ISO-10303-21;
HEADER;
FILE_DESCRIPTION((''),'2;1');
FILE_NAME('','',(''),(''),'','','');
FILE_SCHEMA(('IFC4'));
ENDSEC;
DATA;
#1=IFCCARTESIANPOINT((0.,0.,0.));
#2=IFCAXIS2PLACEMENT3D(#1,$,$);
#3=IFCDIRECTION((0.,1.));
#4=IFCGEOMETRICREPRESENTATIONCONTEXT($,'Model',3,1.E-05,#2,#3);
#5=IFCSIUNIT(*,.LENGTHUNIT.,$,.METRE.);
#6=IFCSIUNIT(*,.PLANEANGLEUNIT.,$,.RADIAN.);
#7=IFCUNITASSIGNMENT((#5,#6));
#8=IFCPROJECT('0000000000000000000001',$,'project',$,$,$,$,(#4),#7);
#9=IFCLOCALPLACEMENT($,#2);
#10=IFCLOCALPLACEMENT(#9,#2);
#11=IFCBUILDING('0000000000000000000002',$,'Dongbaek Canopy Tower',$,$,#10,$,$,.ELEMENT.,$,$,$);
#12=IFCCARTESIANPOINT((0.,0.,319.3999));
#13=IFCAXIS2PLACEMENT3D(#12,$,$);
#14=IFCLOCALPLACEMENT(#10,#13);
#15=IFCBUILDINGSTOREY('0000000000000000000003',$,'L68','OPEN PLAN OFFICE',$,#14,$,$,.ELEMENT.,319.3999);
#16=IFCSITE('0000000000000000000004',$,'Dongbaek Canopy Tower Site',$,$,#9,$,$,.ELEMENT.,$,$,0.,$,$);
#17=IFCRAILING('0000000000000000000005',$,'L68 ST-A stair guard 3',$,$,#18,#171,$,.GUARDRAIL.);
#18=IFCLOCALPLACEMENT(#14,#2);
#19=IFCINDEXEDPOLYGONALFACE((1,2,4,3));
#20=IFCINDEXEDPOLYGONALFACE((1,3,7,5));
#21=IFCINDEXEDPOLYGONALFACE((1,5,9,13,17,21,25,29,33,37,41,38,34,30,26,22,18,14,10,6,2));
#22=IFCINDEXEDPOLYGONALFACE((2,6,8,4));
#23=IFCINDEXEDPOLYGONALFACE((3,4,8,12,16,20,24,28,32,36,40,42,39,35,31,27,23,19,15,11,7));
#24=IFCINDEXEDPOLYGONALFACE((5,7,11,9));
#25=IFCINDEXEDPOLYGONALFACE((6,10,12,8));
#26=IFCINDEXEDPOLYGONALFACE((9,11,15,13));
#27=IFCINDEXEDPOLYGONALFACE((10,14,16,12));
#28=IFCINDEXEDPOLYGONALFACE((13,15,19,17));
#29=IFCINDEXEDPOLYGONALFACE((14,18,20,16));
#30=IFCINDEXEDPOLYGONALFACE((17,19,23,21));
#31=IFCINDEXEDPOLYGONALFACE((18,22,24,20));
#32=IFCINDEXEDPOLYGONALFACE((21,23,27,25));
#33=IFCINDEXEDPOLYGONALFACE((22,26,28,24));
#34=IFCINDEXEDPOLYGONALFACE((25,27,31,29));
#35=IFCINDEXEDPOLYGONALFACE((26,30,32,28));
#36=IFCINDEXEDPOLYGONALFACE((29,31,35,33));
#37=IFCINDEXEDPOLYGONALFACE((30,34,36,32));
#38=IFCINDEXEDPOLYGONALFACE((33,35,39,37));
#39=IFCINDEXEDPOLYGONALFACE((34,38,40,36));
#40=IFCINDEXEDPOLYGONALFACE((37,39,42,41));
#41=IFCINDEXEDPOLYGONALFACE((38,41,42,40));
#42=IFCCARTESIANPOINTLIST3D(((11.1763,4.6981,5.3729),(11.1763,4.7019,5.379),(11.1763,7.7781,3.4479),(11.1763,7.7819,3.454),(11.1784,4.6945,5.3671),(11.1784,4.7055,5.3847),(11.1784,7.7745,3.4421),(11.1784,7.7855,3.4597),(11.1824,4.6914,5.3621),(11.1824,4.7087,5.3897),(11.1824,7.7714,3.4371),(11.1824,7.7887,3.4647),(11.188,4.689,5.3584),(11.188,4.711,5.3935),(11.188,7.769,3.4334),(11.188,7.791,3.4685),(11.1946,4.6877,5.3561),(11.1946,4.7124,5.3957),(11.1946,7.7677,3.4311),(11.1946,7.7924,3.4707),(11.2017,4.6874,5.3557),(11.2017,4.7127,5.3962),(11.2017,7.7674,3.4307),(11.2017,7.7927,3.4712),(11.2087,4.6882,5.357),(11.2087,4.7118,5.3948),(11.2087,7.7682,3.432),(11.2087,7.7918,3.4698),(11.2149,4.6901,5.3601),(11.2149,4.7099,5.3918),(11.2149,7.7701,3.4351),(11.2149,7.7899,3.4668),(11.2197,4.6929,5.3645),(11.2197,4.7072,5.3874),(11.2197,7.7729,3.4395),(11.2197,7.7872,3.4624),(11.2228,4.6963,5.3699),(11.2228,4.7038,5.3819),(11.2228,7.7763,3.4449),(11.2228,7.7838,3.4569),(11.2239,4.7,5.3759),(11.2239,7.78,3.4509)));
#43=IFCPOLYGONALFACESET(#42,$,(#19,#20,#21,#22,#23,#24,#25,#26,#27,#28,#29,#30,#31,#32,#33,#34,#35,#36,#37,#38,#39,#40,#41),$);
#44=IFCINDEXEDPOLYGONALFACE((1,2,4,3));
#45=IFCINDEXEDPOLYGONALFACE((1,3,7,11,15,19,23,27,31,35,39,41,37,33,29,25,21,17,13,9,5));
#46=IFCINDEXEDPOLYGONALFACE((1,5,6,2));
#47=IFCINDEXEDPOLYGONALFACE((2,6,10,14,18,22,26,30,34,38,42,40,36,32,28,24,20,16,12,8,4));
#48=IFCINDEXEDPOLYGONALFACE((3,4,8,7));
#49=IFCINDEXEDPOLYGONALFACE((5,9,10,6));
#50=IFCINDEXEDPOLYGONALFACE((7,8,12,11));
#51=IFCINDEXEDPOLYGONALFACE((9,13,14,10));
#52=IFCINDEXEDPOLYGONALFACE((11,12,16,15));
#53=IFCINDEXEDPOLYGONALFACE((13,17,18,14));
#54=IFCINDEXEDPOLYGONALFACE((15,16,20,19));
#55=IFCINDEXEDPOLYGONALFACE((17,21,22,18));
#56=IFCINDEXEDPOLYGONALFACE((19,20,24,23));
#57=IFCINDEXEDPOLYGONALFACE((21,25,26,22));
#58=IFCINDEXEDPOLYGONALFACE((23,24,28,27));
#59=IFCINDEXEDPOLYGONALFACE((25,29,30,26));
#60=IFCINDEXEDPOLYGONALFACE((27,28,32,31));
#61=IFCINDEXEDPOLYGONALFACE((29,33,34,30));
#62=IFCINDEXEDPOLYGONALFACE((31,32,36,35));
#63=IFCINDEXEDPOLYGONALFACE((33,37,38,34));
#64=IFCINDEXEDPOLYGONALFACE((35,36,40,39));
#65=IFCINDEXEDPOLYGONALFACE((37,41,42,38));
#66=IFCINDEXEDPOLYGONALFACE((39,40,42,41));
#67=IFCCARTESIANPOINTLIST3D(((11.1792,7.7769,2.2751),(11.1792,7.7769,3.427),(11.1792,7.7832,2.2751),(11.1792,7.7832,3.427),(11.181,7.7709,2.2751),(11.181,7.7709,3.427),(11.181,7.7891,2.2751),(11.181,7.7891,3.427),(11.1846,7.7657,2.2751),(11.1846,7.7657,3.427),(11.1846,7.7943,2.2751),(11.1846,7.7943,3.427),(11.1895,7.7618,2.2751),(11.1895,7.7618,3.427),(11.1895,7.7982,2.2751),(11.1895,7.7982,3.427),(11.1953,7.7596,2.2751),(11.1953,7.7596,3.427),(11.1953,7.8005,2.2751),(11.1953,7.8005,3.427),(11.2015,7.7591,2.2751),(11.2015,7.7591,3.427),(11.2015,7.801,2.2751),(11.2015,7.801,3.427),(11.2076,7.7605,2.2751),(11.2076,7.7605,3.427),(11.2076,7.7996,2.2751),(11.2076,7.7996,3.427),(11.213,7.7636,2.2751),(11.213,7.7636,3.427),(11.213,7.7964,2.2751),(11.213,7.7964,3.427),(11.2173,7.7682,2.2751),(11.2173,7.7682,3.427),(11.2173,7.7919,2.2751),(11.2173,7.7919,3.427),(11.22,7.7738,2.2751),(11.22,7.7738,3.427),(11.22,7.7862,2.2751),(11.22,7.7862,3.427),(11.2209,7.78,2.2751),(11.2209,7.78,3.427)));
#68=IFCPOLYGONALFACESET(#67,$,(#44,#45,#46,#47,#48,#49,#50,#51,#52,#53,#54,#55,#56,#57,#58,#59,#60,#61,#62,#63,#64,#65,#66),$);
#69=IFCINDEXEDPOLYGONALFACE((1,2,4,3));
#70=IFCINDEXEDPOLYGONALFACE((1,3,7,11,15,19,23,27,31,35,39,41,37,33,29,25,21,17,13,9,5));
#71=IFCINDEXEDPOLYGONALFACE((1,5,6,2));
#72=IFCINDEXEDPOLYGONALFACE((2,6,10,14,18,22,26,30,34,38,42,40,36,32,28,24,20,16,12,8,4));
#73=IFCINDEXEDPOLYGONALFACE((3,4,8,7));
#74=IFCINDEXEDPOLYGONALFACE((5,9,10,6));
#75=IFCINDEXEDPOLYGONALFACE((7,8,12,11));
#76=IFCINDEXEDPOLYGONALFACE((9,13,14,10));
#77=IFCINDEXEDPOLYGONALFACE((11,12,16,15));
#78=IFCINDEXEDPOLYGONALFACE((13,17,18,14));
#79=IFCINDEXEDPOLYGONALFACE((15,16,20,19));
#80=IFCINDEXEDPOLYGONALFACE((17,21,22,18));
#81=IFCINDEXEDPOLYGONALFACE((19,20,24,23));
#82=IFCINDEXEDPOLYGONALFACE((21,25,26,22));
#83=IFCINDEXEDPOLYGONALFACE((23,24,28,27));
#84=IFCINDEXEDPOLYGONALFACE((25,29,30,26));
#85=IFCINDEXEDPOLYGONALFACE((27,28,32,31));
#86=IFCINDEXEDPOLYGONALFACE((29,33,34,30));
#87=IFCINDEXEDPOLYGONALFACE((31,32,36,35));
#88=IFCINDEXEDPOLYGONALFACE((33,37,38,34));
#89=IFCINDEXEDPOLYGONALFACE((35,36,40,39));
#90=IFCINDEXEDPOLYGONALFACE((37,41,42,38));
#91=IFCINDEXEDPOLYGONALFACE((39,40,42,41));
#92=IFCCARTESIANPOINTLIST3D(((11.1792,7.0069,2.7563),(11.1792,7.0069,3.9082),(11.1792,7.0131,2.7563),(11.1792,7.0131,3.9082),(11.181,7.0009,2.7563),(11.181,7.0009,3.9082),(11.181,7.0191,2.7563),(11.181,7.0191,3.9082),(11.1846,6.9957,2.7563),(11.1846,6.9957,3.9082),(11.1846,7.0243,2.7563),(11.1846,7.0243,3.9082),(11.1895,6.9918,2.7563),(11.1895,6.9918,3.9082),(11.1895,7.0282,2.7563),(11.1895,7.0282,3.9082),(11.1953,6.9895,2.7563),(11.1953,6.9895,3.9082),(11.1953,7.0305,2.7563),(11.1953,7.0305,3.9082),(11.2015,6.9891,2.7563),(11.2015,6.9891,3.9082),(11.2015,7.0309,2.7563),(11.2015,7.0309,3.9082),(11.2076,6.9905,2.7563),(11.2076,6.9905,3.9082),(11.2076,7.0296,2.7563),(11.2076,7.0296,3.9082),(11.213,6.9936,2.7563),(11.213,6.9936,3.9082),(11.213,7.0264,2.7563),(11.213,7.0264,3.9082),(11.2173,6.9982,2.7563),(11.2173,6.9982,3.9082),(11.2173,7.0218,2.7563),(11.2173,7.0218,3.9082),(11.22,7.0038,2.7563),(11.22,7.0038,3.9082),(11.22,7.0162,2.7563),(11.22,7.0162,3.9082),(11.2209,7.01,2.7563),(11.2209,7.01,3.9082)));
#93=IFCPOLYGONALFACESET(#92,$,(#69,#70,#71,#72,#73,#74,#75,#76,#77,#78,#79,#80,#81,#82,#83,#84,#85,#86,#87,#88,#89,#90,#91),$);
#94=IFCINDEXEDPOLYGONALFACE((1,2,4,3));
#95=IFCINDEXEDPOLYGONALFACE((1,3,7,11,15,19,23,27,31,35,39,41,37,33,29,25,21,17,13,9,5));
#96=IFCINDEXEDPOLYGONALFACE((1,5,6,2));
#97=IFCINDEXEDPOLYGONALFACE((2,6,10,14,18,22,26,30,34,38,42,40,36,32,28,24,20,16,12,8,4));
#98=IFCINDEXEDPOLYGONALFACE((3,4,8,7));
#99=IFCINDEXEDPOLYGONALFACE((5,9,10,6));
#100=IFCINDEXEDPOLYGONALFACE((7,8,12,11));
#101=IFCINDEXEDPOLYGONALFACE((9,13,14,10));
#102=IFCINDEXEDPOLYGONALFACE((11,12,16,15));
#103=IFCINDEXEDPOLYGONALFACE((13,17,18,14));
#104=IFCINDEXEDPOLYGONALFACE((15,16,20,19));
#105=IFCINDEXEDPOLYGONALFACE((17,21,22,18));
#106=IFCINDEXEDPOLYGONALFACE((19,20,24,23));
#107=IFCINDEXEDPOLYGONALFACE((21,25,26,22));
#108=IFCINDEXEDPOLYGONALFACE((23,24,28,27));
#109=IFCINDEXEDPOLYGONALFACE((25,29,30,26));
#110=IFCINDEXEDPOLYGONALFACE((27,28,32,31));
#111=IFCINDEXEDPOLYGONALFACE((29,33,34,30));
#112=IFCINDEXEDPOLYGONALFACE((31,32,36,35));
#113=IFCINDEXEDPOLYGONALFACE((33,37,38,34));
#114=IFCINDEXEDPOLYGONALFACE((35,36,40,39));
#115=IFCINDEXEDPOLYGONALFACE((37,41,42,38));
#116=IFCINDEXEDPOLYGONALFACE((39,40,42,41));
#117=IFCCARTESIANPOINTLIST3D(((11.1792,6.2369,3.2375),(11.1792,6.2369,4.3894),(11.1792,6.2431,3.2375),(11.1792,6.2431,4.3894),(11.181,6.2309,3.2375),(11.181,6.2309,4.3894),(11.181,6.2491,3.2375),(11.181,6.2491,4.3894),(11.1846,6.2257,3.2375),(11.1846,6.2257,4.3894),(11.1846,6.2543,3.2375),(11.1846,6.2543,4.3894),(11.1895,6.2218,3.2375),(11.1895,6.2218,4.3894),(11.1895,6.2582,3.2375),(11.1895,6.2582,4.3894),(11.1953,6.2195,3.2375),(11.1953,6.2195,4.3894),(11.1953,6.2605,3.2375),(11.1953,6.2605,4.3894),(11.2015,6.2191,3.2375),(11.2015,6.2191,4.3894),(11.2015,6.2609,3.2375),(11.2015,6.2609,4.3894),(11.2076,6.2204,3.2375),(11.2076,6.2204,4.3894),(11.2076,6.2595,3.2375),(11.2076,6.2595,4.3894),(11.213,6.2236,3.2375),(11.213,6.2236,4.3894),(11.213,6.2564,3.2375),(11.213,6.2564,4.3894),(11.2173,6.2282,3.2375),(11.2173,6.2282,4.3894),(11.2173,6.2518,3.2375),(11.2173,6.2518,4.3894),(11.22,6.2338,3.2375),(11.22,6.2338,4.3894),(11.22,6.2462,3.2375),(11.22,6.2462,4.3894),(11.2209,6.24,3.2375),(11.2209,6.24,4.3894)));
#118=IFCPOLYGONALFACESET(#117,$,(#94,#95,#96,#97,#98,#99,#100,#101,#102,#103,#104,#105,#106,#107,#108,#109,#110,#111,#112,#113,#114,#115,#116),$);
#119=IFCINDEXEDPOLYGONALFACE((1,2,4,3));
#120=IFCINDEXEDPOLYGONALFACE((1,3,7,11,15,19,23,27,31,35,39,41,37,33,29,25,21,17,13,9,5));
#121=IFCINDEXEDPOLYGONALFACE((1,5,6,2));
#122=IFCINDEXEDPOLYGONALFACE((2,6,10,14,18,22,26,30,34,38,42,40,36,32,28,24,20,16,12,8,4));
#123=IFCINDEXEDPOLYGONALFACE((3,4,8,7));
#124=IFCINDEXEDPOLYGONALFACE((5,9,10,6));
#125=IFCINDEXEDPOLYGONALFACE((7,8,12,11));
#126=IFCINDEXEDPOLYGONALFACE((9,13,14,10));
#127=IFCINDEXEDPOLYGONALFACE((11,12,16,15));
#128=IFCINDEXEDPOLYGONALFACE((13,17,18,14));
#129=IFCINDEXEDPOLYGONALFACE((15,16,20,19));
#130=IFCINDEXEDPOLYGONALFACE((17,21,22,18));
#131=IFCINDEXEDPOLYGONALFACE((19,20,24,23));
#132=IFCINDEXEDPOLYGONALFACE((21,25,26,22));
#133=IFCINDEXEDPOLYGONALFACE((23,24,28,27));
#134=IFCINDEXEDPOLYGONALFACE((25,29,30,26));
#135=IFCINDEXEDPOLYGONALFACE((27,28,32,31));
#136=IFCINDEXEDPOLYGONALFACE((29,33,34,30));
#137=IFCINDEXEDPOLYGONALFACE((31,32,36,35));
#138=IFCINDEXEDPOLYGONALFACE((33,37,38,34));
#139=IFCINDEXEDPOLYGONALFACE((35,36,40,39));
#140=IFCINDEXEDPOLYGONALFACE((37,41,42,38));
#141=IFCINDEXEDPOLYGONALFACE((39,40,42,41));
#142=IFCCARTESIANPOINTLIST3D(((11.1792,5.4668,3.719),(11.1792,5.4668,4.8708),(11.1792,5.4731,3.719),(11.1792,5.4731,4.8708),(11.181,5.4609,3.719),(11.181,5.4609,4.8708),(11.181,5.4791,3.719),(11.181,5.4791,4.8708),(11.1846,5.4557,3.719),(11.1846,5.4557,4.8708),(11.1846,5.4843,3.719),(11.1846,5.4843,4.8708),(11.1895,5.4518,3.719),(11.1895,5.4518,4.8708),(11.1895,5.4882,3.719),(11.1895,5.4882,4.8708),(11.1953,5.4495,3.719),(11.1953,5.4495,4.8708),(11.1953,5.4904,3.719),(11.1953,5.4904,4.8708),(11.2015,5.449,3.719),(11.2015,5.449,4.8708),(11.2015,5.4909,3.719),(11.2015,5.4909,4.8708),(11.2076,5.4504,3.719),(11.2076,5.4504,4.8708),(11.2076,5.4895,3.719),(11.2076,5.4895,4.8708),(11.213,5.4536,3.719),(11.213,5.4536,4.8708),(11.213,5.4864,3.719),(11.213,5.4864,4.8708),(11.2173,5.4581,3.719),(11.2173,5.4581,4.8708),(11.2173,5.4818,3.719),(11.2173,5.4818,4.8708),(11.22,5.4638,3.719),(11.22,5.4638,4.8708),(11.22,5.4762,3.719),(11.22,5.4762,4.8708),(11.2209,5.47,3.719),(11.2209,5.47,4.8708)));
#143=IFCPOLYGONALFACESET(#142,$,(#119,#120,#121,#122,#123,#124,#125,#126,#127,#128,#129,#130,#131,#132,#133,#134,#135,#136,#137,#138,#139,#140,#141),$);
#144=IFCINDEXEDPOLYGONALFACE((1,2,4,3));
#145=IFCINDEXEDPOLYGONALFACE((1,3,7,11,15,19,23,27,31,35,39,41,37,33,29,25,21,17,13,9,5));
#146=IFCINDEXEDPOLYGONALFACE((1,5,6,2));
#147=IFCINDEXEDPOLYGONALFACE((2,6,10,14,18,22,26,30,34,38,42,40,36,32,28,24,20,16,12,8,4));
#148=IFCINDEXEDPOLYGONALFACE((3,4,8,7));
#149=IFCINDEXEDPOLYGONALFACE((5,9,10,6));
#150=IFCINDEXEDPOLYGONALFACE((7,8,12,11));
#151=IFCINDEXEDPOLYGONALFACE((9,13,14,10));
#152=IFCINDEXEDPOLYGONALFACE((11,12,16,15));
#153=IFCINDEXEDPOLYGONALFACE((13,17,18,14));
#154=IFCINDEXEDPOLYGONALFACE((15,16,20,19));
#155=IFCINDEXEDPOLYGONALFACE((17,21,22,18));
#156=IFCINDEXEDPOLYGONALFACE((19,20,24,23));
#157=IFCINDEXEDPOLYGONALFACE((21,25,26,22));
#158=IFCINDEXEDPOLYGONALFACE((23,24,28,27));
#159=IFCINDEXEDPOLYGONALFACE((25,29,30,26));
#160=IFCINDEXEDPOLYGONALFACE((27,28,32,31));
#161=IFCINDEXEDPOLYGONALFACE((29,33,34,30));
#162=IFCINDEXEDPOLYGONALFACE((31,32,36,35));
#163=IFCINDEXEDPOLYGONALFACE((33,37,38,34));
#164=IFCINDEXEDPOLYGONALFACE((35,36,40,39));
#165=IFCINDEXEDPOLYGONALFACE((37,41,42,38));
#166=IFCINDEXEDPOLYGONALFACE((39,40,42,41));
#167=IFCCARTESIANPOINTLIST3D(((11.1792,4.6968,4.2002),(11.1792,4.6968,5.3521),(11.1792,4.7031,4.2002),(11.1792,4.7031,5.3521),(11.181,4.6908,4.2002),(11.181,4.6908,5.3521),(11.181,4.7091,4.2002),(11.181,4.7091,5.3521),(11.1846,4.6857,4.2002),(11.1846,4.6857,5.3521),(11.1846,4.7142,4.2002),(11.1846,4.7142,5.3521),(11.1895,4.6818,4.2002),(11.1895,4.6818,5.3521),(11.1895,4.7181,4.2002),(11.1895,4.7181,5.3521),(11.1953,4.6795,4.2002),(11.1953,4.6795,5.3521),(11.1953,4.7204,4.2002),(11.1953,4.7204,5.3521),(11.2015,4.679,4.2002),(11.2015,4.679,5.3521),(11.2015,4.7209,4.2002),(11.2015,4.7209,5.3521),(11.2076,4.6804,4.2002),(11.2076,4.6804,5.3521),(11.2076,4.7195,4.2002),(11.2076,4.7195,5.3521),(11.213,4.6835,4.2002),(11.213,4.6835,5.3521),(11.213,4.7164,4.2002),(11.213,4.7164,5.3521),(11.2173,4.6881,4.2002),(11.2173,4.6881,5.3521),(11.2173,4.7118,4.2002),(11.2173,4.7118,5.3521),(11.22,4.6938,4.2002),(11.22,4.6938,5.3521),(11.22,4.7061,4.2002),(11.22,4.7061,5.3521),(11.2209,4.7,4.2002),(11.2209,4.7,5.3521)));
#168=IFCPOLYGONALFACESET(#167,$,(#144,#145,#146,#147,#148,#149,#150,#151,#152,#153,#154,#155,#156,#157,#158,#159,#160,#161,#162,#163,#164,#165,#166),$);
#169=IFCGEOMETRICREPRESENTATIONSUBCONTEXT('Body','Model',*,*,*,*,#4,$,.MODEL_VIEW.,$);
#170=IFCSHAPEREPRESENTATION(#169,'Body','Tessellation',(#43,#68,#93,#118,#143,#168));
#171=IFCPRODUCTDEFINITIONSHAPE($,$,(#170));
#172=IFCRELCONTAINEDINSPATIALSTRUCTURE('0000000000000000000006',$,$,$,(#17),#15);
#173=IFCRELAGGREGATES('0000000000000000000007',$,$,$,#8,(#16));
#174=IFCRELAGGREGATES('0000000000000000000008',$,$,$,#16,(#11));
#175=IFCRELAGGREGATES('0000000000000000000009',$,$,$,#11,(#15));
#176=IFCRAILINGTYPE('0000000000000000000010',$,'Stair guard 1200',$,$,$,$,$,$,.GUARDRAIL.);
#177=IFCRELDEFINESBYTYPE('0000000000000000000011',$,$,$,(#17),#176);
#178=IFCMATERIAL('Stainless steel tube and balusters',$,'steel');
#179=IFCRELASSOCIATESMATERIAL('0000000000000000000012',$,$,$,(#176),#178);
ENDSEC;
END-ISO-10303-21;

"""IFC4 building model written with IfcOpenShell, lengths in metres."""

from ifc_helpers import new_model, si_unit, direction, frame, origin, origin_2d, place, context, subcontext, project, spatial, circle, extrude, material, type_object, element, save


model = new_model("IFC4")

# Units and contexts
model_context = context("Model", 3, precision=1e-05, world=origin(), true_north=direction((0.0, 1.0)))
body_context = subcontext(model_context, "Body", "Model", "MODEL_VIEW")
ifc_project = project(units=[si_unit("LENGTHUNIT", "METRE"), si_unit("PLANEANGLEUNIT", "RADIAN")], contexts=[model_context])

# Site, building, storey
site_placement = place(None, origin())
site = spatial("IfcSite", under=ifc_project, at=site_placement, Name="Dongbaek Canopy Tower Site", CompositionType="ELEMENT", RefElevation=0.0)
building_placement = place(site_placement, origin())
building = spatial("IfcBuilding", under=site, at=building_placement, Name="Dongbaek Canopy Tower", CompositionType="ELEMENT")
storey_placement = place(building_placement, frame((0.0, 0.0, 319.3999)))
storey = spatial("IfcBuildingStorey", under=building, at=storey_placement, Name="L68", Description="OPEN PLAN OFFICE", CompositionType="ELEMENT", Elevation=319.3999)

# Railing
ifc_material_1 = material(Name="Stainless steel tube and balusters", Category="steel")
railing_type_1 = type_object("IfcRailingType", Name="Stair guard 1200", PredefinedType="GUARDRAIL", material=ifc_material_1)
railing_1_placement = place(storey_placement, frame((11.2, 7.78, 2.2751)))
element("IfcRailing", 1, at=railing_1_placement, inside=storey, type_object=railing_type_1, Name="L68 ST-A stair guard 3", PredefinedType="GUARDRAIL", context=body_context, shape_type="SweptSolid", body=[
    extrude(circle(Radius=0.0239, at=origin_2d()), frame((0.0, 0.0, 1.1758), z_axis=(0.0, -0.847998, 0.529999), x_axis=(1.0, 0.0, 0.0)), (0.0, 0.0, 1.0), 3.6321),
    extrude(circle(Radius=0.021, at=origin_2d()), origin(), (0.0, 0.0, 1.0), 1.1519),
    extrude(circle(Radius=0.021, at=origin_2d()), frame((0.0, -0.77, 0.4812)), (0.0, 0.0, 1.0), 1.1519),
    extrude(circle(Radius=0.021, at=origin_2d()), frame((0.0, -1.54, 0.9624)), (0.0, 0.0, 1.0), 1.1519),
    extrude(circle(Radius=0.021, at=origin_2d()), frame((0.0, -2.3101, 1.4438)), (0.0, 0.0, 1.0), 1.1519),
    extrude(circle(Radius=0.021, at=origin_2d()), frame((0.0, -3.0801, 1.925)), (0.0, 0.0, 1.0), 1.1519),
])

save(model, "model.ifc")
